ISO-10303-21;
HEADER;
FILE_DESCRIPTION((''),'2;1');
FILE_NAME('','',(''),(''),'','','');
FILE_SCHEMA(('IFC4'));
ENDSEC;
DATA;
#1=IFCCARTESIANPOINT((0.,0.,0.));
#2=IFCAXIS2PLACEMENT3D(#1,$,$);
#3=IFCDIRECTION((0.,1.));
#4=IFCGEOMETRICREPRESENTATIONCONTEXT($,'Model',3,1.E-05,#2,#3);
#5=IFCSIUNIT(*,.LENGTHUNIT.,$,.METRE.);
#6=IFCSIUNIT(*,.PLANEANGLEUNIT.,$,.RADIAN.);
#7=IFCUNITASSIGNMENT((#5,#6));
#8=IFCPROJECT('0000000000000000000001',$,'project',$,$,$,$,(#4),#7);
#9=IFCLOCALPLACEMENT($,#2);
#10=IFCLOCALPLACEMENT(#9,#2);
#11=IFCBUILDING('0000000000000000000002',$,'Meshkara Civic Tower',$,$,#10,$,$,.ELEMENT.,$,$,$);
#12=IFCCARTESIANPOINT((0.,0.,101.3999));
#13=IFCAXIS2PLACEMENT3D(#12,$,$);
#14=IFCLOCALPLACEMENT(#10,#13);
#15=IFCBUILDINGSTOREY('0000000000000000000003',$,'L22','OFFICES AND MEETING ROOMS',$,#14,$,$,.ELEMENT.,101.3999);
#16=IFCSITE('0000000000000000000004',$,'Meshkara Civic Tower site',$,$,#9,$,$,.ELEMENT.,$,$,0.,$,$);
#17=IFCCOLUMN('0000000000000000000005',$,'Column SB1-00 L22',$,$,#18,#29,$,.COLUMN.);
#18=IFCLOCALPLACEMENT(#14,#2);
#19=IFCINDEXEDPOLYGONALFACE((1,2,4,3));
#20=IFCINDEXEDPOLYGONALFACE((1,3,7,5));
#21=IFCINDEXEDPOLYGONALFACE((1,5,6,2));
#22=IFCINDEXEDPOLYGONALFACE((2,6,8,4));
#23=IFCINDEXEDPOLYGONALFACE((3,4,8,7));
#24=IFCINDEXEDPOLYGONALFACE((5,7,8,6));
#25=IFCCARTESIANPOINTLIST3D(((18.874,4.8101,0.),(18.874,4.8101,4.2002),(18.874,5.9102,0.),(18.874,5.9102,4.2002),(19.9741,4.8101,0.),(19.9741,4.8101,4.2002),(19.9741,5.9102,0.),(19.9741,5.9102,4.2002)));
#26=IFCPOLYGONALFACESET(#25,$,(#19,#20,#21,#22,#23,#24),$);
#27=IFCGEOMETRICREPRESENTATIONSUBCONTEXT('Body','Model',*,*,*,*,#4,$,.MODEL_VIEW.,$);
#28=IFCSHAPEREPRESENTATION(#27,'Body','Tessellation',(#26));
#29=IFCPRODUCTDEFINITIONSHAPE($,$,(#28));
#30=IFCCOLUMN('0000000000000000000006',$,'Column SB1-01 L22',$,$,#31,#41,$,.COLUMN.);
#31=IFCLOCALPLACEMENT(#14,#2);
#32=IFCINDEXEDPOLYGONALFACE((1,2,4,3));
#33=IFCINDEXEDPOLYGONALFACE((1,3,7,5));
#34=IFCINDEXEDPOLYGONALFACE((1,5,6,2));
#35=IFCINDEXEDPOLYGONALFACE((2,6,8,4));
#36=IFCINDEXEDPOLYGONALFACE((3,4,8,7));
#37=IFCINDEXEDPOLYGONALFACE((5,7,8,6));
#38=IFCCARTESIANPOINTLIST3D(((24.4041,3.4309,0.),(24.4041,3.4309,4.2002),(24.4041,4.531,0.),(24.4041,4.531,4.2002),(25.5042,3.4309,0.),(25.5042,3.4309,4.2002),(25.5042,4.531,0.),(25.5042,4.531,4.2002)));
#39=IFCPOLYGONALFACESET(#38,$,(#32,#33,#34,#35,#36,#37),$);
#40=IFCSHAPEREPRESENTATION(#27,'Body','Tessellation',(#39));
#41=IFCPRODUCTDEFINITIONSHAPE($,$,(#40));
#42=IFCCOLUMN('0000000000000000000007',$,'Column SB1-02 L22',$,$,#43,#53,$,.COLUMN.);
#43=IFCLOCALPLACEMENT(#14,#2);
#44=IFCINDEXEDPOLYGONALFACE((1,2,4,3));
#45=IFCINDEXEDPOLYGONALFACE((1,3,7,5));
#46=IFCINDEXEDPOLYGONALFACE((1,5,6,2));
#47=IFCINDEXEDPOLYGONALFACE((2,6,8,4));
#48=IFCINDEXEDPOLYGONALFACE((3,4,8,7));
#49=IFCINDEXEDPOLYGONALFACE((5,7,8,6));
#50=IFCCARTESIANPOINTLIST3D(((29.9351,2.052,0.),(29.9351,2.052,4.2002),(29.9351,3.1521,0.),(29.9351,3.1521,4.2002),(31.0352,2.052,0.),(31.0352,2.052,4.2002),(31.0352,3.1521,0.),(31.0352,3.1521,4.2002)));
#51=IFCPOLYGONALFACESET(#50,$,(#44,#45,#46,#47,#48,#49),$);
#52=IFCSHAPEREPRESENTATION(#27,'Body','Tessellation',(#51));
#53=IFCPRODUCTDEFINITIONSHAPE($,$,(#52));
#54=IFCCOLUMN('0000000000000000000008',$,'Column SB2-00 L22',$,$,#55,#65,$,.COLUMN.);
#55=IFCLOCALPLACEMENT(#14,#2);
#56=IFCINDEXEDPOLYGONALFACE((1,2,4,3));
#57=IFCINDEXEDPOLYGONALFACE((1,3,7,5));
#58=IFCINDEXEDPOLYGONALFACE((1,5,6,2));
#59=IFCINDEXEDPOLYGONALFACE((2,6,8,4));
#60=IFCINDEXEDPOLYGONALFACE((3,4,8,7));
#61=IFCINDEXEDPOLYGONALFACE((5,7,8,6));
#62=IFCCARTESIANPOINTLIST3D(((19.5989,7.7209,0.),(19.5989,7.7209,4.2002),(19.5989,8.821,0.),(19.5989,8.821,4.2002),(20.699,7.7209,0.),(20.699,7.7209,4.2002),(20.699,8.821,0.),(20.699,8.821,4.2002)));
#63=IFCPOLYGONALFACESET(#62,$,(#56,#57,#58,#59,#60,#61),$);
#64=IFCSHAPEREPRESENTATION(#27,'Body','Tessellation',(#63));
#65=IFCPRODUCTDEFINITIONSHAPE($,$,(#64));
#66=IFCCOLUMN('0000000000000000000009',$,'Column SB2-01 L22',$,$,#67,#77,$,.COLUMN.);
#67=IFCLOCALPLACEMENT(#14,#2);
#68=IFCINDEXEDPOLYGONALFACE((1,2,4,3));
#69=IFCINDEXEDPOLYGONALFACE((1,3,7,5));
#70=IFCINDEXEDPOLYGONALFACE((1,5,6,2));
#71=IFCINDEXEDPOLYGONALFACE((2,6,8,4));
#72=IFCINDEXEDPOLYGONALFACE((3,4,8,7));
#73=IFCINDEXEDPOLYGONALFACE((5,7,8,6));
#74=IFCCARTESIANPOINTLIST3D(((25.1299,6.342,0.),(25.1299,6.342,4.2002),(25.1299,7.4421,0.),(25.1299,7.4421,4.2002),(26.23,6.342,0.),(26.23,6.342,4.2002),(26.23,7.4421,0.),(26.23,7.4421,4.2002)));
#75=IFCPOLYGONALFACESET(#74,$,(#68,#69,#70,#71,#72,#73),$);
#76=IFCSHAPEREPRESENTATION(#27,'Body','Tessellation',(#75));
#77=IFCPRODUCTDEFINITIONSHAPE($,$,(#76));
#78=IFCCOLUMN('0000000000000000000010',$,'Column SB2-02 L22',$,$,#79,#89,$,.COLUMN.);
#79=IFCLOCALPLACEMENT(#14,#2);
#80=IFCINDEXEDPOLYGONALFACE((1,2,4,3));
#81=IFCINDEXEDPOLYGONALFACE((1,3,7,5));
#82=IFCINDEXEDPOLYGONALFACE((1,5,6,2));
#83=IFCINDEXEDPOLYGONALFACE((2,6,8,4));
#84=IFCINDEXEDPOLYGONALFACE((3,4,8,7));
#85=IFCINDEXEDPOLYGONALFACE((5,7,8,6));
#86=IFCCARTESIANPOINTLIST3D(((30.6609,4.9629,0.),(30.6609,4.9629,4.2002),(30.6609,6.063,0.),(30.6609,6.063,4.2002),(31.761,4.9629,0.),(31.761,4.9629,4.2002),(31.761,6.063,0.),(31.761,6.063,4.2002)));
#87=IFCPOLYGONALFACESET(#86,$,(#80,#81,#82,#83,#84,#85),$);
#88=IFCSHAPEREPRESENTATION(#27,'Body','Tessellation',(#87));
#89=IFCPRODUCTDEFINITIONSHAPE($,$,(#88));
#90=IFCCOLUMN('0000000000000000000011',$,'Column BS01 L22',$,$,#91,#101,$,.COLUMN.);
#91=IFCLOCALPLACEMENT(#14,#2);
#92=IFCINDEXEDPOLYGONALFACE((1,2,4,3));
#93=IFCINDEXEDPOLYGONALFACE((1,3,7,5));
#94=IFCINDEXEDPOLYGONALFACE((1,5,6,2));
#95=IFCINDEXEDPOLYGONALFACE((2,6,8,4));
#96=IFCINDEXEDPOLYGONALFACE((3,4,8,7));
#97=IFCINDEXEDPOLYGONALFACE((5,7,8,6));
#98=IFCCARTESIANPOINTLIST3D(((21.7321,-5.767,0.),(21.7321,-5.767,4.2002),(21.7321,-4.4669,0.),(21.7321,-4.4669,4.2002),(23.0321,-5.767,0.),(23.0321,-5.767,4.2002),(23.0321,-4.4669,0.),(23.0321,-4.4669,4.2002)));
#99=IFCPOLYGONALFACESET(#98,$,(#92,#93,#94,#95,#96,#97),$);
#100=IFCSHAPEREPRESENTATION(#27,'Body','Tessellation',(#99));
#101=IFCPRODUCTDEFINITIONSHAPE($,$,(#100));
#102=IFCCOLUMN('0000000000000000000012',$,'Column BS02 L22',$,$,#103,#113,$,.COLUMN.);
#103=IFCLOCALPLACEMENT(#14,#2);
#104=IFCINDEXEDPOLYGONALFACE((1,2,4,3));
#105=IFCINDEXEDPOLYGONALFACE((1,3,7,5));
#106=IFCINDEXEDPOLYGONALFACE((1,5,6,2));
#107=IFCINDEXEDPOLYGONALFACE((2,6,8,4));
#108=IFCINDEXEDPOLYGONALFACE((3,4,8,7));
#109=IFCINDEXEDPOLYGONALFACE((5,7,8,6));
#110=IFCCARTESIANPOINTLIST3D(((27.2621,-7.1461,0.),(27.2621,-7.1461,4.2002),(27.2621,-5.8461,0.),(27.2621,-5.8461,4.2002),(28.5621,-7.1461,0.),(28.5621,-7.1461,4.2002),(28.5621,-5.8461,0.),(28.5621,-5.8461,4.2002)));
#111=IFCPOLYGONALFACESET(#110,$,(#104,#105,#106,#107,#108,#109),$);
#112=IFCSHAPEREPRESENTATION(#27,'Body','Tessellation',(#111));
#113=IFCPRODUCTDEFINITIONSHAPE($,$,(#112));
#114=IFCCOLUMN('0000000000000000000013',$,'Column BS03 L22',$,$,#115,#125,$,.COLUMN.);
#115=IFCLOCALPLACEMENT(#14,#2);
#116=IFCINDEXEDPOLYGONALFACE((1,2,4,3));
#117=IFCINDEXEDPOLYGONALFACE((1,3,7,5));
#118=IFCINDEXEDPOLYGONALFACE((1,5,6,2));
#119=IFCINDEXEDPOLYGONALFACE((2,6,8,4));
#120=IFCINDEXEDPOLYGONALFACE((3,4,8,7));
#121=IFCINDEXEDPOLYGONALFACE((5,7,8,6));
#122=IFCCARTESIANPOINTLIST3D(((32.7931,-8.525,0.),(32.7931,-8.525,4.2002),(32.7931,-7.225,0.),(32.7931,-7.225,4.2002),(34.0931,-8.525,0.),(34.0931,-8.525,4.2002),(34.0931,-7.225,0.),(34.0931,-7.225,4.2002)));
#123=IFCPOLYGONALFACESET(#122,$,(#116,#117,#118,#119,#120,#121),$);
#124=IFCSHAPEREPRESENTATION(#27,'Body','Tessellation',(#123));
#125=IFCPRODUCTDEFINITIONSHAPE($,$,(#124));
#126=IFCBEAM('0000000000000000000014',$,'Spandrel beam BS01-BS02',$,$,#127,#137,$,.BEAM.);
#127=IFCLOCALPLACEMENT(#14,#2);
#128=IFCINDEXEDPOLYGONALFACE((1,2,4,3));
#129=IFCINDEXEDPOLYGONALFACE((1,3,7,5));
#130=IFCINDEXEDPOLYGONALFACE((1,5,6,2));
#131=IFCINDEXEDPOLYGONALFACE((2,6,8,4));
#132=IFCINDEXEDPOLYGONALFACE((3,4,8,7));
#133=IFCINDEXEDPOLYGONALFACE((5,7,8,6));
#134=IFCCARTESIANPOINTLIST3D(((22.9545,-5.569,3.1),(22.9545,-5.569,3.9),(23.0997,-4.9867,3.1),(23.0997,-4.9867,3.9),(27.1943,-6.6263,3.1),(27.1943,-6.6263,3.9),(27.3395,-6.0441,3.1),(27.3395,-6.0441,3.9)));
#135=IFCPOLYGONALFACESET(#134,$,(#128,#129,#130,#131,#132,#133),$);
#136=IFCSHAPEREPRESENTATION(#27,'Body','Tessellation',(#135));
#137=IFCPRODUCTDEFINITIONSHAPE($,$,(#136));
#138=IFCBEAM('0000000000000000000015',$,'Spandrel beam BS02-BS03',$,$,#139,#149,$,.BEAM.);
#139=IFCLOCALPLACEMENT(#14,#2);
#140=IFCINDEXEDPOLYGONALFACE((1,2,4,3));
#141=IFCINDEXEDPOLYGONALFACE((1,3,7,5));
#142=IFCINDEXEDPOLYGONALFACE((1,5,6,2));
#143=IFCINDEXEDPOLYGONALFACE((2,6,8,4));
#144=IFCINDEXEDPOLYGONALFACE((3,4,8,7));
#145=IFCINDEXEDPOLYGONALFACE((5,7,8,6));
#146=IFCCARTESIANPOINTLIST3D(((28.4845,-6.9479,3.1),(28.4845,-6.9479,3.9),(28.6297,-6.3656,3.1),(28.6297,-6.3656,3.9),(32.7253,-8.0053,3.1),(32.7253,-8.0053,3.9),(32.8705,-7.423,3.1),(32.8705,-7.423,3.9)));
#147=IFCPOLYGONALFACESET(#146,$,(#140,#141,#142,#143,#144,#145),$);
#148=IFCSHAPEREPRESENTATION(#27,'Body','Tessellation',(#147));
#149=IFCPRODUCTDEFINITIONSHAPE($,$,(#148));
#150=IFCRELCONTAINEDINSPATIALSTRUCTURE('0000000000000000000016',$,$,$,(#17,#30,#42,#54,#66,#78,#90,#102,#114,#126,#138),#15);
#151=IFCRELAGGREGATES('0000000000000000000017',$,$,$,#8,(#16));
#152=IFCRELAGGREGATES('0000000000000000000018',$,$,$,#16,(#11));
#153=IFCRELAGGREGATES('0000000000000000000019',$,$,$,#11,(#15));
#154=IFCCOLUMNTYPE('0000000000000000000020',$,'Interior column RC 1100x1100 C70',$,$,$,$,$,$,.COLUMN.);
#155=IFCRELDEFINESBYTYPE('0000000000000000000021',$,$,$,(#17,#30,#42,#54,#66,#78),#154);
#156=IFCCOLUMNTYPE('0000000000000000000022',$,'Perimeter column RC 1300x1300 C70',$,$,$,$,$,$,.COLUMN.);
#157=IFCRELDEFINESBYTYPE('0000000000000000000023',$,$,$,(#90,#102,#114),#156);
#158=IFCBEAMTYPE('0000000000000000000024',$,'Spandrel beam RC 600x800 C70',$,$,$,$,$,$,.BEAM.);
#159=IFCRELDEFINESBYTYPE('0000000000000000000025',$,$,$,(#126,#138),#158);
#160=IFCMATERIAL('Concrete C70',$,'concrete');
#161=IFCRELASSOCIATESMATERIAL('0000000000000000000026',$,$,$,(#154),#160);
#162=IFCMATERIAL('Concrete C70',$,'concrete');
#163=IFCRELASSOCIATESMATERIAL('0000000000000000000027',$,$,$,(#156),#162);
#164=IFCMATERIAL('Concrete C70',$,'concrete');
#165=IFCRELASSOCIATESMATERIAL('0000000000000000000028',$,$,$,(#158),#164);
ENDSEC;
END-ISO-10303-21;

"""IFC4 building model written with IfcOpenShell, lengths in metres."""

from ifc_helpers import new_model, si_unit, direction, frame, origin, origin_2d, place, context, subcontext, project, spatial, rectangle, extrude, material, material_profile, profile_set, type_object, element, save


model = new_model("IFC4")

# Units and contexts
model_context = context("Model", 3, precision=1e-05, world=origin(), true_north=direction((0.0, 1.0)))
body_context = subcontext(model_context, "Body", "Model", "MODEL_VIEW")
ifc_project = project(units=[si_unit("LENGTHUNIT", "METRE"), si_unit("PLANEANGLEUNIT", "RADIAN")], contexts=[model_context])

# Site, building, storey
site_placement = place(None, origin())
site = spatial("IfcSite", under=ifc_project, at=site_placement, Name="Meshkara Civic Tower site", CompositionType="ELEMENT", RefElevation=0.0)
building_placement = place(site_placement, origin())
building = spatial("IfcBuilding", under=site, at=building_placement, Name="Meshkara Civic Tower", CompositionType="ELEMENT")
storey_placement = place(building_placement, frame((0.0, 0.0, 101.3999)))
storey = spatial("IfcBuildingStorey", under=building, at=storey_placement, Name="L22", Description="OFFICES AND MEETING ROOMS", CompositionType="ELEMENT", Elevation=101.3999)

# Columns
ifc_material_1 = material(Name="Concrete C70", Category="concrete")
ifc_material_profile_1 = material_profile(ifc_material_1, rectangle(XDim=1.1001, YDim=1.1001, at=origin_2d()))
ifc_profile_set_1 = profile_set([ifc_material_profile_1], Name="Concrete C70")
column_type_1 = type_object("IfcColumnType", Name="Interior column RC 1100x1100 C70", PredefinedType="COLUMN", material=ifc_profile_set_1)
for number, where, z_axis, x_axis, name in (
    (1, (19.4241, 5.3601, 0.0), (0.0, 0.0, 1.0), (1.0, 0.0, 0.0), "Column SB1-00 L22"),
    (2, (24.9541, 3.981, 0.0), (0.0, 0.0, 1.0), (1.0, 0.0, 0.0), "Column SB1-01 L22"),
    (3, (30.4851, 2.6021, 0.0), (0.0, 0.0, 1.0), (1.0, 0.0, 0.0), "Column SB1-02 L22"),
    (4, (20.1489, 8.271, 0.0), (0.0, 0.0, 1.0), (1.0, 0.0, 0.0), "Column SB2-00 L22"),
    (5, (25.6799, 6.8921, 0.0), (0.0, 0.0, 1.0), (1.0, 0.0, 0.0), "Column SB2-01 L22"),
    (6, (31.2109, 5.5129, 0.0), (0.0, 0.0, 1.0), (1.0, 0.0, 0.0), "Column SB2-02 L22"),
):
    element("IfcColumn", number, at=place(storey_placement, frame(where, z_axis=z_axis, x_axis=x_axis)), inside=storey, type_object=column_type_1, Name=name, PredefinedType="COLUMN", context=body_context, shape_type="SweptSolid", body=[
        extrude(rectangle(XDim=1.1001, YDim=1.1001, at=origin_2d()), origin(), (0.0, 0.0, 1.0), 4.2002),
    ])
ifc_material_2 = material(Name="Concrete C70", Category="concrete")
ifc_material_profile_2 = material_profile(ifc_material_2, rectangle(XDim=1.3, YDim=1.3, at=origin_2d()))
ifc_profile_set_2 = profile_set([ifc_material_profile_2], Name="Concrete C70")
column_type_2 = type_object("IfcColumnType", Name="Perimeter column RC 1300x1300 C70", PredefinedType="COLUMN", material=ifc_profile_set_2)
for number, where, z_axis, x_axis, name in (
    (7, (22.3821, -5.1169, 0.0), (0.0, 0.0, 1.0), (1.0, 0.0, 0.0), "Column BS01 L22"),
    (8, (27.9121, -6.4961, 0.0), (0.0, 0.0, 1.0), (1.0, 0.0, 0.0), "Column BS02 L22"),
    (9, (33.4431, -7.875, 0.0), (0.0, 0.0, 1.0), (1.0, 0.0, 0.0), "Column BS03 L22"),
):
    element("IfcColumn", number, at=place(storey_placement, frame(where, z_axis=z_axis, x_axis=x_axis)), inside=storey, type_object=column_type_2, Name=name, PredefinedType="COLUMN", context=body_context, shape_type="SweptSolid", body=[
        extrude(rectangle(XDim=1.3, YDim=1.3, at=origin_2d()), origin(), (0.0, 0.0, 1.0), 4.2002),
    ])

# Beams
ifc_material_3 = material(Name="Concrete C70", Category="concrete")
ifc_material_profile_3 = material_profile(ifc_material_3, rectangle(XDim=0.6001, YDim=0.8, at=origin_2d()))
ifc_profile_set_3 = profile_set([ifc_material_profile_3], Name="Concrete C70")
beam_type = type_object("IfcBeamType", Name="Spandrel beam RC 600x800 C70", PredefinedType="BEAM", material=ifc_profile_set_3)
beam_1_placement = place(storey_placement, frame((23.0271, -5.2778, 3.5), z_axis=(0.97028, -0.241983, 0.0), x_axis=(0.241983, 0.97028, 0.0)))
element("IfcBeam", 10, at=beam_1_placement, inside=storey, type_object=beam_type, Name="Spandrel beam BS01-BS02", PredefinedType="BEAM", context=body_context, shape_type="SweptSolid", body=[
    extrude(rectangle(XDim=0.6001, YDim=0.8, at=origin_2d()), origin(), (0.0, 0.0, 1.0), 4.3696),
])
beam_2_placement = place(storey_placement, frame((28.5571, -6.6567, 3.5), z_axis=(0.970293, -0.241931, 0.0), x_axis=(0.241931, 0.970293, 0.0)))
element("IfcBeam", 11, at=beam_2_placement, inside=storey, type_object=beam_type, Name="Spandrel beam BS02-BS03", PredefinedType="BEAM", context=body_context, shape_type="SweptSolid", body=[
    extrude(rectangle(XDim=0.6001, YDim=0.8, at=origin_2d()), origin(), (0.0, 0.0, 1.0), 4.3706),
])

save(model, "model.ifc")
